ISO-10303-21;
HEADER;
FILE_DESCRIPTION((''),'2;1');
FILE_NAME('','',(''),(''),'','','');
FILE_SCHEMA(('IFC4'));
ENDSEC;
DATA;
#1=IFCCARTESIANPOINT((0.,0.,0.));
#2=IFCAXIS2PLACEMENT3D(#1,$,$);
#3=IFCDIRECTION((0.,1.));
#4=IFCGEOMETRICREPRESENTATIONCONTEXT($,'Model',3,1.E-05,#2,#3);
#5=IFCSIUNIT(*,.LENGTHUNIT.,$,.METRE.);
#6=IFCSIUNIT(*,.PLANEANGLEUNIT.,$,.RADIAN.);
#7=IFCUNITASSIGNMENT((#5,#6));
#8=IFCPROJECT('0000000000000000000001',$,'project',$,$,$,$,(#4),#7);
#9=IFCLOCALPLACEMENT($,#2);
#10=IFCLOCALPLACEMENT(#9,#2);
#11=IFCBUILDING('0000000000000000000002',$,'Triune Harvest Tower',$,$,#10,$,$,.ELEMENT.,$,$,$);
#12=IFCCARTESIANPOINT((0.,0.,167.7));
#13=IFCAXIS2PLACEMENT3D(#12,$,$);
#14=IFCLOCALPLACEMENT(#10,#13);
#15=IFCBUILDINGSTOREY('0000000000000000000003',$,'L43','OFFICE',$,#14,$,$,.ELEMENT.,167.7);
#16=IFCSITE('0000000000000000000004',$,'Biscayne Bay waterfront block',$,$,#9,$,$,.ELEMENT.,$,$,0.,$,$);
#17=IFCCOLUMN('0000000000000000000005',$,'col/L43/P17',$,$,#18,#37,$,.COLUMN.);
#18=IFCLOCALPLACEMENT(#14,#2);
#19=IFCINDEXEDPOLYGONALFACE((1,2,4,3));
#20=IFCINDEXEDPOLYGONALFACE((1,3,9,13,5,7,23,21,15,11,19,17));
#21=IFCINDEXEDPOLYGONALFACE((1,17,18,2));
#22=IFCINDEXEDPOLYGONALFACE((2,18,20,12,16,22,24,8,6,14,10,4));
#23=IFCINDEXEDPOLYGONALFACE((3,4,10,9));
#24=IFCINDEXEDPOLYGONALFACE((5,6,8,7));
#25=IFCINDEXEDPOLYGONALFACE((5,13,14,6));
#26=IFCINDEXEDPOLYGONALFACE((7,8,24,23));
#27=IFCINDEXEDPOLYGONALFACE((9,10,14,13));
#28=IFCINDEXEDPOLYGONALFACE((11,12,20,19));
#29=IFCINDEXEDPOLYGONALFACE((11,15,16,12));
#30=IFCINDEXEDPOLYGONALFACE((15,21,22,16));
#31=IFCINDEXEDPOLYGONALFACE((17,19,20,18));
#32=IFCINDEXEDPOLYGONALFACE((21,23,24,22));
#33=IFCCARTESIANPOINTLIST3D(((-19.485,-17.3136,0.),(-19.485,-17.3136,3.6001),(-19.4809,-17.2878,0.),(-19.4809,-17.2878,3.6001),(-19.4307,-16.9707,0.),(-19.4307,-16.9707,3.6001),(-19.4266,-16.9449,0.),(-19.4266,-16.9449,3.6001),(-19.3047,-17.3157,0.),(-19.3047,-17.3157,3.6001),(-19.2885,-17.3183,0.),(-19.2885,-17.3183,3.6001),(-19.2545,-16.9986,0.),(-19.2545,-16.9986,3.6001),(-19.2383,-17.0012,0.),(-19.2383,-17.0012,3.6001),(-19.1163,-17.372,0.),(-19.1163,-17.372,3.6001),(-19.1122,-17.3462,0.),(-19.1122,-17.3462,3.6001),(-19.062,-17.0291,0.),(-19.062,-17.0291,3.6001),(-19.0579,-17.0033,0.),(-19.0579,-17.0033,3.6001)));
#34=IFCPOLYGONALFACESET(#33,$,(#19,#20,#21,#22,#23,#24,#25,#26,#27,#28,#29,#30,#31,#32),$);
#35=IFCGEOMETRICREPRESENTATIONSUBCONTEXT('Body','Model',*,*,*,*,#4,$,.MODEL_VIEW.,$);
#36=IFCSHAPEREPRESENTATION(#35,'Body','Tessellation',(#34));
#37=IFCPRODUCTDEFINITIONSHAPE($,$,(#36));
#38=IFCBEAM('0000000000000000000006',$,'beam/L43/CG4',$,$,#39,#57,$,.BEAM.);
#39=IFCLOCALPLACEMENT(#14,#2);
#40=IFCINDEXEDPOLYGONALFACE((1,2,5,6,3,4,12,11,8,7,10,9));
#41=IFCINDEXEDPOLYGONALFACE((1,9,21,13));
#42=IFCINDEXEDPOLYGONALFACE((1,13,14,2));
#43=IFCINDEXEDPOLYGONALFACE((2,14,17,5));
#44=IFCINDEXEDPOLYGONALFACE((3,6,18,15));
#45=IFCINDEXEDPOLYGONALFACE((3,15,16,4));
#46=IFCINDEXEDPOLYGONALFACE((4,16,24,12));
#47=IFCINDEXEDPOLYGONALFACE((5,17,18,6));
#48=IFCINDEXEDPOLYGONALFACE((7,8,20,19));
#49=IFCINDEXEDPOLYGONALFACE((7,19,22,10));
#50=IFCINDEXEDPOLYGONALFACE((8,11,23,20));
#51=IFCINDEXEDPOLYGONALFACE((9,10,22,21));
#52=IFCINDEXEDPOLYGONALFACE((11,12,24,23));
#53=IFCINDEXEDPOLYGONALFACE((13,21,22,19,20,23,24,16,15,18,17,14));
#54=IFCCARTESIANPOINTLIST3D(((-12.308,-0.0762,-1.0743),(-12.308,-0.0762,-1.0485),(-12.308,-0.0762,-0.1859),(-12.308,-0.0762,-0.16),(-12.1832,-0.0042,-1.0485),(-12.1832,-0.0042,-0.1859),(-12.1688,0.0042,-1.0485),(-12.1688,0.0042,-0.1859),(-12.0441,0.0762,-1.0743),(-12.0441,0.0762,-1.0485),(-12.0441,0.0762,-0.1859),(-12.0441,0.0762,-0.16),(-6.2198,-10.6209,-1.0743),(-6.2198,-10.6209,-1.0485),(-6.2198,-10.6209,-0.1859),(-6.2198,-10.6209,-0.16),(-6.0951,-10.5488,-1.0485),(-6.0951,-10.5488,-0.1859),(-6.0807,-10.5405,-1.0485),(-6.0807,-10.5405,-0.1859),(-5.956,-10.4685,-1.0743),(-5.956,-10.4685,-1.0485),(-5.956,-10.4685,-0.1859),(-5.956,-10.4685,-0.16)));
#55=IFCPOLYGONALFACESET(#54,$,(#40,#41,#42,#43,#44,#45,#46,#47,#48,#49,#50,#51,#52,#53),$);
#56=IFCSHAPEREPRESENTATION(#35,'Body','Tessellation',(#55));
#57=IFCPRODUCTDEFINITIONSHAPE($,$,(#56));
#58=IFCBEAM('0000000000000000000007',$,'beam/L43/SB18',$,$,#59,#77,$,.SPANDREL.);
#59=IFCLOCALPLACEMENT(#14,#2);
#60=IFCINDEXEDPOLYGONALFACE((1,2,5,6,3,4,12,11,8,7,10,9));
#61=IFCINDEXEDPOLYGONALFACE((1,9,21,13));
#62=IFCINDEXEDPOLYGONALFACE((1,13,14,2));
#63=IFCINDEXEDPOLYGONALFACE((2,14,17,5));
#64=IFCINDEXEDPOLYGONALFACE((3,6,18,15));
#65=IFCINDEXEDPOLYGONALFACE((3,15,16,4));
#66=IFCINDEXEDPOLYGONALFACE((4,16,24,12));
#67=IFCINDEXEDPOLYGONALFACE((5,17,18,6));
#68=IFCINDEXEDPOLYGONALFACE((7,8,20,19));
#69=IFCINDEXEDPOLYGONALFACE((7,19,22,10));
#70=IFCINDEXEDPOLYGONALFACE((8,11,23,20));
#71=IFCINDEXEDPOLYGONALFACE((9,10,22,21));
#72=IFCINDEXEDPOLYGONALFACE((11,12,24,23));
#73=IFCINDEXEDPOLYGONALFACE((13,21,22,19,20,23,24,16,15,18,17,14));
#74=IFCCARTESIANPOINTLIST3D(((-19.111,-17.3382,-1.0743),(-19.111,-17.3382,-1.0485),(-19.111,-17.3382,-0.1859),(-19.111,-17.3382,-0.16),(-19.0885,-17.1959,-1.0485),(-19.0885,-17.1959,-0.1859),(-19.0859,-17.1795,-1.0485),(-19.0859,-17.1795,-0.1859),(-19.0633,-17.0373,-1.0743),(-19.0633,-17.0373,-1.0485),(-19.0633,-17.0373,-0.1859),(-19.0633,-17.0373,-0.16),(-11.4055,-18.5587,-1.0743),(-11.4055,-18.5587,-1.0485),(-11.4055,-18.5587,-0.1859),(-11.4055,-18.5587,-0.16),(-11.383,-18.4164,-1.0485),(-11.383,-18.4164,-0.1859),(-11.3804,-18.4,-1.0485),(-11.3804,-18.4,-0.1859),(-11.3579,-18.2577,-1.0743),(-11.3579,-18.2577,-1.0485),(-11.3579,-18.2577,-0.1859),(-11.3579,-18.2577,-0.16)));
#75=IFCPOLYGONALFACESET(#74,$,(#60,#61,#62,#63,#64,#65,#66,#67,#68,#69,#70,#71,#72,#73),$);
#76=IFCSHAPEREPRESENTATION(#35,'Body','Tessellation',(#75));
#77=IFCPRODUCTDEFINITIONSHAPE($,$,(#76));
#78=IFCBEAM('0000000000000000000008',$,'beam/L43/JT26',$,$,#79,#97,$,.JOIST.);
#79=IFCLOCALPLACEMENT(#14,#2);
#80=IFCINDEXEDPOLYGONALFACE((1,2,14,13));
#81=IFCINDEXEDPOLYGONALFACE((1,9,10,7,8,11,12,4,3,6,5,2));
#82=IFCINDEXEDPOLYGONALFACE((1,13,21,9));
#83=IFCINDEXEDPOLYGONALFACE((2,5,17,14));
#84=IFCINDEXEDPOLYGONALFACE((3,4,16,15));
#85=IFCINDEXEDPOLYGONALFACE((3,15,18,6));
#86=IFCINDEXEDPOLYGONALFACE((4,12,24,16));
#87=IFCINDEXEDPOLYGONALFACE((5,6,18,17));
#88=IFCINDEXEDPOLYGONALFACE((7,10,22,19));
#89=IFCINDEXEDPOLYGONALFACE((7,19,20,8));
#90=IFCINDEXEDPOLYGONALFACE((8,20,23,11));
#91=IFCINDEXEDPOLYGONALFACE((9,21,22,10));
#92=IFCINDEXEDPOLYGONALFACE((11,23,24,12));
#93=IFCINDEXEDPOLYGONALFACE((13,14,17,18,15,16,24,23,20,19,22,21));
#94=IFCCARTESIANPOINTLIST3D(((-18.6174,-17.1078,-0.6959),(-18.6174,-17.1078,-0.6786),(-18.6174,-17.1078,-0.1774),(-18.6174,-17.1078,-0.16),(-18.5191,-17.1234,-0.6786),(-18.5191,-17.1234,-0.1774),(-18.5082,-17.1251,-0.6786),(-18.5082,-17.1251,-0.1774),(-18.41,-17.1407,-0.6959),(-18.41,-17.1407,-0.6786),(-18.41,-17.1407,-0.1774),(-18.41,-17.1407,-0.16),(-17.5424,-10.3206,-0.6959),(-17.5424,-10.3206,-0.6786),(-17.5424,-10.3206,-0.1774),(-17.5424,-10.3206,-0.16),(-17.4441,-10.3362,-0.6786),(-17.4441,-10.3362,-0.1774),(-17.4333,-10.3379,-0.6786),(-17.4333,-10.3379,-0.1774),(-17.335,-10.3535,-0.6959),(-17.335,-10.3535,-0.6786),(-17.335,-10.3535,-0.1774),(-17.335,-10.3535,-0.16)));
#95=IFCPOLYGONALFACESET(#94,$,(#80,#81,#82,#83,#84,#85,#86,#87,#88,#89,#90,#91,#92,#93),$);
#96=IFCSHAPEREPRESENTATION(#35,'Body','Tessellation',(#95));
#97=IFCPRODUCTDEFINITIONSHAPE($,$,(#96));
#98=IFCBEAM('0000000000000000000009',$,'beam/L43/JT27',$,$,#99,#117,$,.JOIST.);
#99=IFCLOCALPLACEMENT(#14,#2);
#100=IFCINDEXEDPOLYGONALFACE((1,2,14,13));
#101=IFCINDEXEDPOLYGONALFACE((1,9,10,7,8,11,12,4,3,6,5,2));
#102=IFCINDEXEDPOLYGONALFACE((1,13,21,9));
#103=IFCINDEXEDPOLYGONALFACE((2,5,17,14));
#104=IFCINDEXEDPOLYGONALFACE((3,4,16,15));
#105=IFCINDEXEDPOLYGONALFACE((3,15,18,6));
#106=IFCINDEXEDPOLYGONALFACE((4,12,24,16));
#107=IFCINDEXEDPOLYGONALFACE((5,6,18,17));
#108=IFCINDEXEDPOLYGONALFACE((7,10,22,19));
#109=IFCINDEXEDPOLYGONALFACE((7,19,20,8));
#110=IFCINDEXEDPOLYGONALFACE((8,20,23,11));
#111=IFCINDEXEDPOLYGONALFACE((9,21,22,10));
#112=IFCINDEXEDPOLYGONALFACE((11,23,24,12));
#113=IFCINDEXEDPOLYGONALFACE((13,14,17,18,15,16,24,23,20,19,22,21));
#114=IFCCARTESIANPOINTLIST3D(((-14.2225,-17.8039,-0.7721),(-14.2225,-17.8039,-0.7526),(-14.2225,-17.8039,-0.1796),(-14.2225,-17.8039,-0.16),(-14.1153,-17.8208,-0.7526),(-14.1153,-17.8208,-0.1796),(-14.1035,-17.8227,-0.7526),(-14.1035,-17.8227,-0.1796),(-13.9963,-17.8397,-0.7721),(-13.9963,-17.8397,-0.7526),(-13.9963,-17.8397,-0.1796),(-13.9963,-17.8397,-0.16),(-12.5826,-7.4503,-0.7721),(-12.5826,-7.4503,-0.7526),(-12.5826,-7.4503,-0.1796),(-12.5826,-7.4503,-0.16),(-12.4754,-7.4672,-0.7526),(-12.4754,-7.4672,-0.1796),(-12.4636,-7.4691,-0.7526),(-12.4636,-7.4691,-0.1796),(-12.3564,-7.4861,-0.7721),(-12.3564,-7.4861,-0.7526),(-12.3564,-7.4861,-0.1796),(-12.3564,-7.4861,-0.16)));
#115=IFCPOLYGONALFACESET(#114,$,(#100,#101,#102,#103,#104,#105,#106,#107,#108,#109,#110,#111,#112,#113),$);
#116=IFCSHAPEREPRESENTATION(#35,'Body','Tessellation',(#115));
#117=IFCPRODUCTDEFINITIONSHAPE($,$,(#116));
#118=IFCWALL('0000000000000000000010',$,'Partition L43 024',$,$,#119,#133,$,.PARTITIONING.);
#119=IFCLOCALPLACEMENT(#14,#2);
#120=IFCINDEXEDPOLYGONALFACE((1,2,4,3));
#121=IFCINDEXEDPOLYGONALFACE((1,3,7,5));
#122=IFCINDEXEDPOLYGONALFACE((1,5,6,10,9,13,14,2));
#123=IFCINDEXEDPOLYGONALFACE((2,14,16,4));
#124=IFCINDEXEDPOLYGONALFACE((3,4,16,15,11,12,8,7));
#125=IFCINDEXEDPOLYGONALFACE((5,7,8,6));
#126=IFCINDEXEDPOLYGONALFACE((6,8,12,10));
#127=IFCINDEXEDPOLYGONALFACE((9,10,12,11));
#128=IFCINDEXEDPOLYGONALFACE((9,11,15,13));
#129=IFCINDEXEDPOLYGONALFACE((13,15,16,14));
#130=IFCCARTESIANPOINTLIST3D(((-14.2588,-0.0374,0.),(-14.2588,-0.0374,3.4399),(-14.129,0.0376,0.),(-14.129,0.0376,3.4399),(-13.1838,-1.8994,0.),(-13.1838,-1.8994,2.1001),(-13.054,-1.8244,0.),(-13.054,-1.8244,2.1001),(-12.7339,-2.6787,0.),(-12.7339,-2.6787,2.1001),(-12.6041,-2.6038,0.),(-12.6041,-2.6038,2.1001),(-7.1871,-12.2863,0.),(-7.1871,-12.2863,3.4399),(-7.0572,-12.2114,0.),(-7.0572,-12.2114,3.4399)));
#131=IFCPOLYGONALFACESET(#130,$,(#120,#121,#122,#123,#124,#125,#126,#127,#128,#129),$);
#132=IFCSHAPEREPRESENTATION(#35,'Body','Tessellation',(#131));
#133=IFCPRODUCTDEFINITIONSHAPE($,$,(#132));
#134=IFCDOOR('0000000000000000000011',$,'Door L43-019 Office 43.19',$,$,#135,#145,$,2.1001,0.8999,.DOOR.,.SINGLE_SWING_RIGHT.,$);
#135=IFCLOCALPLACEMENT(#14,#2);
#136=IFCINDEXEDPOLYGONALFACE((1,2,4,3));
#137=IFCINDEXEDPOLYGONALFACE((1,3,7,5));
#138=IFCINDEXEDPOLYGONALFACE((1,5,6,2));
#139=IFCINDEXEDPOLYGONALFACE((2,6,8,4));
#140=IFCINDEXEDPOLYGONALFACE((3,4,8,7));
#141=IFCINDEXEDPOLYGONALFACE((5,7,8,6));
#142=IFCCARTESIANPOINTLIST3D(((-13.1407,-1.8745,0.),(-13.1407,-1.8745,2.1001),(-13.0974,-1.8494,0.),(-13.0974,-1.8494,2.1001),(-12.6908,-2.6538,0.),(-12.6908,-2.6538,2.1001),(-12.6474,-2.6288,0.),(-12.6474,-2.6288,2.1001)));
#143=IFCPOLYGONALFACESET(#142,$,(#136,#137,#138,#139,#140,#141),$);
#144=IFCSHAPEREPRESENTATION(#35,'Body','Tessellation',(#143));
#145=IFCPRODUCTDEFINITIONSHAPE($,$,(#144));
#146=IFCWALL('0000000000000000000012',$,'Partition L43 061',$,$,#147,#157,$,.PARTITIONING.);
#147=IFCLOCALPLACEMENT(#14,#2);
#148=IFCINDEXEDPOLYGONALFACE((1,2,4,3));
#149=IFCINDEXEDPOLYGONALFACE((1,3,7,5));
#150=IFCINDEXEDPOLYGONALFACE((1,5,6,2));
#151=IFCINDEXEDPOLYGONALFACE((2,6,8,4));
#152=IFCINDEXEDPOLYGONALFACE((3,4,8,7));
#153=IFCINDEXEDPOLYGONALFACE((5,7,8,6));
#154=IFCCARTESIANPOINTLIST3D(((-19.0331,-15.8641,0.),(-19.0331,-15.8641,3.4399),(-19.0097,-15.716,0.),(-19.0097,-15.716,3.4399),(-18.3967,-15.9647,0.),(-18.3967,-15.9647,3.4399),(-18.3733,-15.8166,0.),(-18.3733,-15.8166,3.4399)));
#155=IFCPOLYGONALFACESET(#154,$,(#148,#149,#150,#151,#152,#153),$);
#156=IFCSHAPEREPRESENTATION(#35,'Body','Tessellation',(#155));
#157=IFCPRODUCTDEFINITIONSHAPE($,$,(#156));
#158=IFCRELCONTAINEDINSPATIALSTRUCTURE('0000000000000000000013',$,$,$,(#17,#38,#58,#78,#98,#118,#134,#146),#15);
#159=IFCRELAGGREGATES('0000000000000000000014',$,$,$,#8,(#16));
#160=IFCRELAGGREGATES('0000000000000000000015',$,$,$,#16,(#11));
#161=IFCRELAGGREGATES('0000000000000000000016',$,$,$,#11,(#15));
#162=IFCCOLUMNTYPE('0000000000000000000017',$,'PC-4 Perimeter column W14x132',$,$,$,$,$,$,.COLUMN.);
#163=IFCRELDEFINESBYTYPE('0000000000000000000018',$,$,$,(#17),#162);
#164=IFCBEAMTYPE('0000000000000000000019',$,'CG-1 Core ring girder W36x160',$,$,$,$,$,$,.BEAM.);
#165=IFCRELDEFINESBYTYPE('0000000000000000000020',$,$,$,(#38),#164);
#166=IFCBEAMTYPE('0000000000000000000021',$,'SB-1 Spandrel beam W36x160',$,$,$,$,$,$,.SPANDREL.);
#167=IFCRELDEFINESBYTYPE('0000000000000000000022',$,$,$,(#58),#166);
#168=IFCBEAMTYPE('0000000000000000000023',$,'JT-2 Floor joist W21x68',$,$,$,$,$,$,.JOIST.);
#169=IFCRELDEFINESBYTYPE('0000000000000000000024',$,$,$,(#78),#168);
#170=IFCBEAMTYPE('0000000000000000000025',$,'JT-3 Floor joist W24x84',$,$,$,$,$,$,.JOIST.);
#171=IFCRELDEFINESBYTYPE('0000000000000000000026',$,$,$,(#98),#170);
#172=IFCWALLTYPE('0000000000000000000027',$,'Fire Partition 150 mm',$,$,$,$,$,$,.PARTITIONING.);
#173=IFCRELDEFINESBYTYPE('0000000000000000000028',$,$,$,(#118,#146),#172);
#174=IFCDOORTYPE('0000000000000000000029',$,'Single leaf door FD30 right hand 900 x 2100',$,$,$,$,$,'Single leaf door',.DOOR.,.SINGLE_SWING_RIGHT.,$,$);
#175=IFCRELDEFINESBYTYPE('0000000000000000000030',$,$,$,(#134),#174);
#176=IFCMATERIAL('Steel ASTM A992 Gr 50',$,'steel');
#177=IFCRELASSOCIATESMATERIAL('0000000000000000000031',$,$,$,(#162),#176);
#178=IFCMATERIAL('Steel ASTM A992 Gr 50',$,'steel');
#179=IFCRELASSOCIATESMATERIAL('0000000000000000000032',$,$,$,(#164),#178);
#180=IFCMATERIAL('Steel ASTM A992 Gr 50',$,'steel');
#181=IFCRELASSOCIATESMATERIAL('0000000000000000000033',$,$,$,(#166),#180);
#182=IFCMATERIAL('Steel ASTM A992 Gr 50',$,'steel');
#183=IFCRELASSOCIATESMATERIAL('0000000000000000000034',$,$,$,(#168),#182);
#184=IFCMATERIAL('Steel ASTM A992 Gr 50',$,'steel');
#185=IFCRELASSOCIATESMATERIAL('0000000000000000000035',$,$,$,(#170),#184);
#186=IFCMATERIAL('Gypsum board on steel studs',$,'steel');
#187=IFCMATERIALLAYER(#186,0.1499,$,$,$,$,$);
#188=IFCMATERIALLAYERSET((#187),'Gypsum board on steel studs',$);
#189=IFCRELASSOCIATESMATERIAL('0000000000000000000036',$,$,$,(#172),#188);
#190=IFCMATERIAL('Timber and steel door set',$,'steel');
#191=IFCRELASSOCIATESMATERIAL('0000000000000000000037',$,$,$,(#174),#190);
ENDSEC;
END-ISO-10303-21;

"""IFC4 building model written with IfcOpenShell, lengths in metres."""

from ifc_helpers import new_model, si_unit, direction, frame, frame_2d, origin, origin_2d, place, context, subcontext, project, spatial, rectangle, i_section, extrude, source, transform, mapped, material, layer, layer_set, material_profile, profile_set, type_object, element, fill, save


model = new_model("IFC4")

# Units and contexts
model_context = context("Model", 3, precision=1e-05, world=origin(), true_north=direction((0.0, 1.0)))
body_context = subcontext(model_context, "Body", "Model", "MODEL_VIEW")
ifc_project = project(units=[si_unit("LENGTHUNIT", "METRE"), si_unit("PLANEANGLEUNIT", "RADIAN")], contexts=[model_context])

# Site, building, storey
site_placement = place(None, origin())
site = spatial("IfcSite", under=ifc_project, at=site_placement, Name="Biscayne Bay waterfront block", CompositionType="ELEMENT", RefElevation=0.0)
building_placement = place(site_placement, origin())
building = spatial("IfcBuilding", under=site, at=building_placement, Name="Triune Harvest Tower", CompositionType="ELEMENT")
storey_placement = place(building_placement, frame((0.0, 0.0, 167.7)))
storey = spatial("IfcBuildingStorey", under=building, at=storey_placement, Name="L43", Description="OFFICE", CompositionType="ELEMENT", Elevation=167.7)

# Column
ifc_material_1 = material(Name="Steel ASTM A992 Gr 50", Category="steel")
ifc_material_profile_1 = material_profile(ifc_material_1, i_section(OverallWidth=0.3733, OverallDepth=0.3733, WebThickness=0.0164, FlangeThickness=0.0261, at=origin_2d()), Name="W14x132")
ifc_profile_set_1 = profile_set([ifc_material_profile_1], Name="Steel ASTM A992 Gr 50")
column_type = type_object("IfcColumnType", Name="PC-4 Perimeter column W14x132", PredefinedType="COLUMN", material=ifc_profile_set_1)
shared_shape_1 = source(origin(), body_context, "Body", "SweptSolid", [
    extrude(i_section(OverallWidth=0.3733, OverallDepth=0.3733, WebThickness=0.0164, FlangeThickness=0.0261, at=origin_2d()), origin(), (0.0, 0.0, 1.0), 3.6001),
])
column_placement = place(storey_placement, frame((-19.2715, -17.1584, 0.0), z_axis=(0.0, 0.0, 1.0), x_axis=(0.987688, -0.156434, 0.0)))
element("IfcColumn", 1, at=column_placement, inside=storey, type_object=column_type, Name="col/L43/P17", PredefinedType="COLUMN", context=body_context, shape_type="MappedRepresentation", body=[
    mapped(shared_shape_1, transform((0.0, 0.0, 0.0), scale=1.0)),
])

# Beams
ifc_material_2 = material(Name="Steel ASTM A992 Gr 50", Category="steel")
ifc_material_profile_2 = material_profile(ifc_material_2, i_section(OverallWidth=0.3047, OverallDepth=0.9143, WebThickness=0.0166, FlangeThickness=0.0259, at=origin_2d()), Name="W36x160")
ifc_profile_set_2 = profile_set([ifc_material_profile_2], Name="Steel ASTM A992 Gr 50")
beam_type_1 = type_object("IfcBeamType", Name="CG-1 Core ring girder W36x160", PredefinedType="BEAM", material=ifc_profile_set_2)
shared_shape_2 = source(origin(), body_context, "Body", "SweptSolid", [
    extrude(i_section(OverallWidth=0.3047, OverallDepth=0.9143, WebThickness=0.0166, FlangeThickness=0.0259, at=origin_2d()), origin(), (0.0, 0.0, 1.0), 12.176),
])
beam_1_placement = place(storey_placement, frame((-12.176, 0.0, -0.6172), z_axis=(0.50001, -0.86602, 0.0), x_axis=(0.86602, 0.50001, 0.0)))
element("IfcBeam", 2, at=beam_1_placement, inside=storey, type_object=beam_type_1, Name="beam/L43/CG4", PredefinedType="BEAM", context=body_context, shape_type="MappedRepresentation", body=[
    mapped(shared_shape_2, transform((0.0, 0.0, 0.0), scale=1.0)),
])
ifc_material_3 = material(Name="Steel ASTM A992 Gr 50", Category="steel")
ifc_material_profile_3 = material_profile(ifc_material_3, i_section(OverallWidth=0.3047, OverallDepth=0.9143, WebThickness=0.0166, FlangeThickness=0.0259, at=origin_2d()), Name="W36x160")
ifc_profile_set_3 = profile_set([ifc_material_profile_3], Name="Steel ASTM A992 Gr 50")
beam_type_2 = type_object("IfcBeamType", Name="SB-1 Spandrel beam W36x160", PredefinedType="SPANDREL", material=ifc_profile_set_3)
shared_shape_3 = source(origin(), body_context, "Body", "SweptSolid", [
    extrude(i_section(OverallWidth=0.3047, OverallDepth=0.9143, WebThickness=0.0166, FlangeThickness=0.0259, at=origin_2d()), origin(), (0.0, 0.0, 1.0), 7.8015),
])
beam_2_placement = place(storey_placement, frame((-19.0872, -17.1877, -0.6172), z_axis=(0.987688, -0.156437, 0.0), x_axis=(0.156437, 0.987688, 0.0)))
element("IfcBeam", 3, at=beam_2_placement, inside=storey, type_object=beam_type_2, Name="beam/L43/SB18", PredefinedType="SPANDREL", context=body_context, shape_type="MappedRepresentation", body=[
    mapped(shared_shape_3, transform((0.0, 0.0, 0.0), scale=1.0)),
])
ifc_material_4 = material(Name="Steel ASTM A992 Gr 50", Category="steel")
ifc_material_profile_4 = material_profile(ifc_material_4, i_section(OverallWidth=0.21, OverallDepth=0.5359, WebThickness=0.011, FlangeThickness=0.0173, at=origin_2d()), Name="W21x68")
ifc_profile_set_4 = profile_set([ifc_material_profile_4], Name="Steel ASTM A992 Gr 50")
beam_type_3 = type_object("IfcBeamType", Name="JT-2 Floor joist W21x68", PredefinedType="JOIST", material=ifc_profile_set_4)
shared_shape_4 = source(origin(), body_context, "Body", "SweptSolid", [
    extrude(i_section(OverallWidth=0.21, OverallDepth=0.5359, WebThickness=0.011, FlangeThickness=0.0173, at=origin_2d()), origin(), (0.0, 0.0, 1.0), 6.8718),
])
beam_3_placement = place(storey_placement, frame((-18.5137, -17.1243, -0.428), z_axis=(0.156431, 0.987689, 0.0), x_axis=(-0.987689, 0.156431, 0.0)))
element("IfcBeam", 4, at=beam_3_placement, inside=storey, type_object=beam_type_3, Name="beam/L43/JT26", PredefinedType="JOIST", context=body_context, shape_type="MappedRepresentation", body=[
    mapped(shared_shape_4, transform((0.0, 0.0, 0.0), scale=1.0)),
])
ifc_material_5 = material(Name="Steel ASTM A992 Gr 50", Category="steel")
ifc_material_profile_5 = material_profile(ifc_material_5, i_section(OverallWidth=0.229, OverallDepth=0.6121, WebThickness=0.012, FlangeThickness=0.0195, at=origin_2d()), Name="W24x84")
ifc_profile_set_5 = profile_set([ifc_material_profile_5], Name="Steel ASTM A992 Gr 50")
beam_type_4 = type_object("IfcBeamType", Name="JT-3 Floor joist W24x84", PredefinedType="JOIST", material=ifc_profile_set_5)
shared_shape_5 = source(origin(), body_context, "Body", "SweptSolid", [
    extrude(i_section(OverallWidth=0.229, OverallDepth=0.6121, WebThickness=0.012, FlangeThickness=0.0195, at=origin_2d()), origin(), (0.0, 0.0, 1.0), 10.4827),
])
beam_4_placement = place(storey_placement, frame((-14.1094, -17.8218, -0.4661), z_axis=(0.15644, 0.987688, 0.0), x_axis=(-0.987688, 0.15644, 0.0)))
element("IfcBeam", 5, at=beam_4_placement, inside=storey, type_object=beam_type_4, Name="beam/L43/JT27", PredefinedType="JOIST", context=body_context, shape_type="MappedRepresentation", body=[
    mapped(shared_shape_5, transform((0.0, 0.0, 0.0), scale=1.0)),
])

# Wall, opening, door
ifc_material_6 = material(Name="Gypsum board on steel studs", Category="steel")
ifc_layer_1 = layer(ifc_material_6, 0.1499)
ifc_layer_set_1 = layer_set([ifc_layer_1], Name="Gypsum board on steel studs")
wall_type_1 = type_object("IfcWallType", Name="Fire Partition 150 mm", PredefinedType="PARTITIONING", material=ifc_layer_set_1)
wall_1_placement = place(storey_placement, frame((-14.1938, 0.0, 0.0), z_axis=(0.0, 0.0, 1.0), x_axis=(0.499989, -0.866032, 0.0)))
wall_1 = element("IfcWall", 6, at=wall_1_placement, inside=storey, type_object=wall_type_1, Name="Partition L43 024", PredefinedType="PARTITIONING", context=body_context, shape_type="SweptSolid", body=[
    extrude(rectangle(XDim=14.1438, YDim=0.1499, at=frame_2d((7.0718, 0.0))), origin(), (0.0, 0.0, 1.0), 3.4399),
])
opening_1_placement = place(wall_1_placement, frame((2.1499, 0.0, 0.0)))
opening_1 = element("IfcOpeningElement", 7, at=opening_1_placement, cuts=wall_1, PredefinedType="OPENING", context=body_context, shape_type="SweptSolid", body=[
    extrude(rectangle(XDim=0.8999, YDim=2.1001, at=frame_2d((0.45, 1.05))), frame((0.0, 0.085, 0.0), z_axis=(0.0, -1.0, 0.0), x_axis=(1.0, 0.0, 0.0)), (0.0, 0.0, 1.0), 0.1699),
])
ifc_material_7 = material(Name="Timber and steel door set", Category="steel")
door_type_1 = type_object("IfcDoorType", Name="Single leaf door FD30 right hand 900 x 2100", ElementType="Single leaf door", OperationType="SINGLE_SWING_RIGHT", PredefinedType="DOOR", material=ifc_material_7)
door_1_placement = place(opening_1_placement, origin())
door_1 = element("IfcDoor", 8, at=door_1_placement, inside=storey, type_object=door_type_1, Name="Door L43-019 Office 43.19", OperationType="SINGLE_SWING_RIGHT", OverallHeight=2.1001, OverallWidth=0.8999, PredefinedType="DOOR", context=body_context, shape_type="SweptSolid", body=[
    extrude(rectangle(XDim=0.8999, YDim=2.1001, at=frame_2d((0.45, 1.05))), frame((0.0, 0.0249, 0.0), z_axis=(0.0, -1.0, 0.0), x_axis=(1.0, 0.0, 0.0)), (0.0, 0.0, 1.0), 0.05),
])
fill(opening_1, door_1)

# Wall
wall_2_placement = place(storey_placement, frame((-19.0215, -15.79, 0.0), z_axis=(0.0, 0.0, 1.0), x_axis=(0.987741, -0.156099, 0.0)))
element("IfcWall", 9, at=wall_2_placement, inside=storey, type_object=wall_type_1, Name="Partition L43 061", PredefinedType="PARTITIONING", context=body_context, shape_type="SweptSolid", body=[
    extrude(rectangle(XDim=0.6443, YDim=0.1499, at=frame_2d((0.3223, 0.0))), origin(), (0.0, 0.0, 1.0), 3.4399),
])

save(model, "model.ifc")
